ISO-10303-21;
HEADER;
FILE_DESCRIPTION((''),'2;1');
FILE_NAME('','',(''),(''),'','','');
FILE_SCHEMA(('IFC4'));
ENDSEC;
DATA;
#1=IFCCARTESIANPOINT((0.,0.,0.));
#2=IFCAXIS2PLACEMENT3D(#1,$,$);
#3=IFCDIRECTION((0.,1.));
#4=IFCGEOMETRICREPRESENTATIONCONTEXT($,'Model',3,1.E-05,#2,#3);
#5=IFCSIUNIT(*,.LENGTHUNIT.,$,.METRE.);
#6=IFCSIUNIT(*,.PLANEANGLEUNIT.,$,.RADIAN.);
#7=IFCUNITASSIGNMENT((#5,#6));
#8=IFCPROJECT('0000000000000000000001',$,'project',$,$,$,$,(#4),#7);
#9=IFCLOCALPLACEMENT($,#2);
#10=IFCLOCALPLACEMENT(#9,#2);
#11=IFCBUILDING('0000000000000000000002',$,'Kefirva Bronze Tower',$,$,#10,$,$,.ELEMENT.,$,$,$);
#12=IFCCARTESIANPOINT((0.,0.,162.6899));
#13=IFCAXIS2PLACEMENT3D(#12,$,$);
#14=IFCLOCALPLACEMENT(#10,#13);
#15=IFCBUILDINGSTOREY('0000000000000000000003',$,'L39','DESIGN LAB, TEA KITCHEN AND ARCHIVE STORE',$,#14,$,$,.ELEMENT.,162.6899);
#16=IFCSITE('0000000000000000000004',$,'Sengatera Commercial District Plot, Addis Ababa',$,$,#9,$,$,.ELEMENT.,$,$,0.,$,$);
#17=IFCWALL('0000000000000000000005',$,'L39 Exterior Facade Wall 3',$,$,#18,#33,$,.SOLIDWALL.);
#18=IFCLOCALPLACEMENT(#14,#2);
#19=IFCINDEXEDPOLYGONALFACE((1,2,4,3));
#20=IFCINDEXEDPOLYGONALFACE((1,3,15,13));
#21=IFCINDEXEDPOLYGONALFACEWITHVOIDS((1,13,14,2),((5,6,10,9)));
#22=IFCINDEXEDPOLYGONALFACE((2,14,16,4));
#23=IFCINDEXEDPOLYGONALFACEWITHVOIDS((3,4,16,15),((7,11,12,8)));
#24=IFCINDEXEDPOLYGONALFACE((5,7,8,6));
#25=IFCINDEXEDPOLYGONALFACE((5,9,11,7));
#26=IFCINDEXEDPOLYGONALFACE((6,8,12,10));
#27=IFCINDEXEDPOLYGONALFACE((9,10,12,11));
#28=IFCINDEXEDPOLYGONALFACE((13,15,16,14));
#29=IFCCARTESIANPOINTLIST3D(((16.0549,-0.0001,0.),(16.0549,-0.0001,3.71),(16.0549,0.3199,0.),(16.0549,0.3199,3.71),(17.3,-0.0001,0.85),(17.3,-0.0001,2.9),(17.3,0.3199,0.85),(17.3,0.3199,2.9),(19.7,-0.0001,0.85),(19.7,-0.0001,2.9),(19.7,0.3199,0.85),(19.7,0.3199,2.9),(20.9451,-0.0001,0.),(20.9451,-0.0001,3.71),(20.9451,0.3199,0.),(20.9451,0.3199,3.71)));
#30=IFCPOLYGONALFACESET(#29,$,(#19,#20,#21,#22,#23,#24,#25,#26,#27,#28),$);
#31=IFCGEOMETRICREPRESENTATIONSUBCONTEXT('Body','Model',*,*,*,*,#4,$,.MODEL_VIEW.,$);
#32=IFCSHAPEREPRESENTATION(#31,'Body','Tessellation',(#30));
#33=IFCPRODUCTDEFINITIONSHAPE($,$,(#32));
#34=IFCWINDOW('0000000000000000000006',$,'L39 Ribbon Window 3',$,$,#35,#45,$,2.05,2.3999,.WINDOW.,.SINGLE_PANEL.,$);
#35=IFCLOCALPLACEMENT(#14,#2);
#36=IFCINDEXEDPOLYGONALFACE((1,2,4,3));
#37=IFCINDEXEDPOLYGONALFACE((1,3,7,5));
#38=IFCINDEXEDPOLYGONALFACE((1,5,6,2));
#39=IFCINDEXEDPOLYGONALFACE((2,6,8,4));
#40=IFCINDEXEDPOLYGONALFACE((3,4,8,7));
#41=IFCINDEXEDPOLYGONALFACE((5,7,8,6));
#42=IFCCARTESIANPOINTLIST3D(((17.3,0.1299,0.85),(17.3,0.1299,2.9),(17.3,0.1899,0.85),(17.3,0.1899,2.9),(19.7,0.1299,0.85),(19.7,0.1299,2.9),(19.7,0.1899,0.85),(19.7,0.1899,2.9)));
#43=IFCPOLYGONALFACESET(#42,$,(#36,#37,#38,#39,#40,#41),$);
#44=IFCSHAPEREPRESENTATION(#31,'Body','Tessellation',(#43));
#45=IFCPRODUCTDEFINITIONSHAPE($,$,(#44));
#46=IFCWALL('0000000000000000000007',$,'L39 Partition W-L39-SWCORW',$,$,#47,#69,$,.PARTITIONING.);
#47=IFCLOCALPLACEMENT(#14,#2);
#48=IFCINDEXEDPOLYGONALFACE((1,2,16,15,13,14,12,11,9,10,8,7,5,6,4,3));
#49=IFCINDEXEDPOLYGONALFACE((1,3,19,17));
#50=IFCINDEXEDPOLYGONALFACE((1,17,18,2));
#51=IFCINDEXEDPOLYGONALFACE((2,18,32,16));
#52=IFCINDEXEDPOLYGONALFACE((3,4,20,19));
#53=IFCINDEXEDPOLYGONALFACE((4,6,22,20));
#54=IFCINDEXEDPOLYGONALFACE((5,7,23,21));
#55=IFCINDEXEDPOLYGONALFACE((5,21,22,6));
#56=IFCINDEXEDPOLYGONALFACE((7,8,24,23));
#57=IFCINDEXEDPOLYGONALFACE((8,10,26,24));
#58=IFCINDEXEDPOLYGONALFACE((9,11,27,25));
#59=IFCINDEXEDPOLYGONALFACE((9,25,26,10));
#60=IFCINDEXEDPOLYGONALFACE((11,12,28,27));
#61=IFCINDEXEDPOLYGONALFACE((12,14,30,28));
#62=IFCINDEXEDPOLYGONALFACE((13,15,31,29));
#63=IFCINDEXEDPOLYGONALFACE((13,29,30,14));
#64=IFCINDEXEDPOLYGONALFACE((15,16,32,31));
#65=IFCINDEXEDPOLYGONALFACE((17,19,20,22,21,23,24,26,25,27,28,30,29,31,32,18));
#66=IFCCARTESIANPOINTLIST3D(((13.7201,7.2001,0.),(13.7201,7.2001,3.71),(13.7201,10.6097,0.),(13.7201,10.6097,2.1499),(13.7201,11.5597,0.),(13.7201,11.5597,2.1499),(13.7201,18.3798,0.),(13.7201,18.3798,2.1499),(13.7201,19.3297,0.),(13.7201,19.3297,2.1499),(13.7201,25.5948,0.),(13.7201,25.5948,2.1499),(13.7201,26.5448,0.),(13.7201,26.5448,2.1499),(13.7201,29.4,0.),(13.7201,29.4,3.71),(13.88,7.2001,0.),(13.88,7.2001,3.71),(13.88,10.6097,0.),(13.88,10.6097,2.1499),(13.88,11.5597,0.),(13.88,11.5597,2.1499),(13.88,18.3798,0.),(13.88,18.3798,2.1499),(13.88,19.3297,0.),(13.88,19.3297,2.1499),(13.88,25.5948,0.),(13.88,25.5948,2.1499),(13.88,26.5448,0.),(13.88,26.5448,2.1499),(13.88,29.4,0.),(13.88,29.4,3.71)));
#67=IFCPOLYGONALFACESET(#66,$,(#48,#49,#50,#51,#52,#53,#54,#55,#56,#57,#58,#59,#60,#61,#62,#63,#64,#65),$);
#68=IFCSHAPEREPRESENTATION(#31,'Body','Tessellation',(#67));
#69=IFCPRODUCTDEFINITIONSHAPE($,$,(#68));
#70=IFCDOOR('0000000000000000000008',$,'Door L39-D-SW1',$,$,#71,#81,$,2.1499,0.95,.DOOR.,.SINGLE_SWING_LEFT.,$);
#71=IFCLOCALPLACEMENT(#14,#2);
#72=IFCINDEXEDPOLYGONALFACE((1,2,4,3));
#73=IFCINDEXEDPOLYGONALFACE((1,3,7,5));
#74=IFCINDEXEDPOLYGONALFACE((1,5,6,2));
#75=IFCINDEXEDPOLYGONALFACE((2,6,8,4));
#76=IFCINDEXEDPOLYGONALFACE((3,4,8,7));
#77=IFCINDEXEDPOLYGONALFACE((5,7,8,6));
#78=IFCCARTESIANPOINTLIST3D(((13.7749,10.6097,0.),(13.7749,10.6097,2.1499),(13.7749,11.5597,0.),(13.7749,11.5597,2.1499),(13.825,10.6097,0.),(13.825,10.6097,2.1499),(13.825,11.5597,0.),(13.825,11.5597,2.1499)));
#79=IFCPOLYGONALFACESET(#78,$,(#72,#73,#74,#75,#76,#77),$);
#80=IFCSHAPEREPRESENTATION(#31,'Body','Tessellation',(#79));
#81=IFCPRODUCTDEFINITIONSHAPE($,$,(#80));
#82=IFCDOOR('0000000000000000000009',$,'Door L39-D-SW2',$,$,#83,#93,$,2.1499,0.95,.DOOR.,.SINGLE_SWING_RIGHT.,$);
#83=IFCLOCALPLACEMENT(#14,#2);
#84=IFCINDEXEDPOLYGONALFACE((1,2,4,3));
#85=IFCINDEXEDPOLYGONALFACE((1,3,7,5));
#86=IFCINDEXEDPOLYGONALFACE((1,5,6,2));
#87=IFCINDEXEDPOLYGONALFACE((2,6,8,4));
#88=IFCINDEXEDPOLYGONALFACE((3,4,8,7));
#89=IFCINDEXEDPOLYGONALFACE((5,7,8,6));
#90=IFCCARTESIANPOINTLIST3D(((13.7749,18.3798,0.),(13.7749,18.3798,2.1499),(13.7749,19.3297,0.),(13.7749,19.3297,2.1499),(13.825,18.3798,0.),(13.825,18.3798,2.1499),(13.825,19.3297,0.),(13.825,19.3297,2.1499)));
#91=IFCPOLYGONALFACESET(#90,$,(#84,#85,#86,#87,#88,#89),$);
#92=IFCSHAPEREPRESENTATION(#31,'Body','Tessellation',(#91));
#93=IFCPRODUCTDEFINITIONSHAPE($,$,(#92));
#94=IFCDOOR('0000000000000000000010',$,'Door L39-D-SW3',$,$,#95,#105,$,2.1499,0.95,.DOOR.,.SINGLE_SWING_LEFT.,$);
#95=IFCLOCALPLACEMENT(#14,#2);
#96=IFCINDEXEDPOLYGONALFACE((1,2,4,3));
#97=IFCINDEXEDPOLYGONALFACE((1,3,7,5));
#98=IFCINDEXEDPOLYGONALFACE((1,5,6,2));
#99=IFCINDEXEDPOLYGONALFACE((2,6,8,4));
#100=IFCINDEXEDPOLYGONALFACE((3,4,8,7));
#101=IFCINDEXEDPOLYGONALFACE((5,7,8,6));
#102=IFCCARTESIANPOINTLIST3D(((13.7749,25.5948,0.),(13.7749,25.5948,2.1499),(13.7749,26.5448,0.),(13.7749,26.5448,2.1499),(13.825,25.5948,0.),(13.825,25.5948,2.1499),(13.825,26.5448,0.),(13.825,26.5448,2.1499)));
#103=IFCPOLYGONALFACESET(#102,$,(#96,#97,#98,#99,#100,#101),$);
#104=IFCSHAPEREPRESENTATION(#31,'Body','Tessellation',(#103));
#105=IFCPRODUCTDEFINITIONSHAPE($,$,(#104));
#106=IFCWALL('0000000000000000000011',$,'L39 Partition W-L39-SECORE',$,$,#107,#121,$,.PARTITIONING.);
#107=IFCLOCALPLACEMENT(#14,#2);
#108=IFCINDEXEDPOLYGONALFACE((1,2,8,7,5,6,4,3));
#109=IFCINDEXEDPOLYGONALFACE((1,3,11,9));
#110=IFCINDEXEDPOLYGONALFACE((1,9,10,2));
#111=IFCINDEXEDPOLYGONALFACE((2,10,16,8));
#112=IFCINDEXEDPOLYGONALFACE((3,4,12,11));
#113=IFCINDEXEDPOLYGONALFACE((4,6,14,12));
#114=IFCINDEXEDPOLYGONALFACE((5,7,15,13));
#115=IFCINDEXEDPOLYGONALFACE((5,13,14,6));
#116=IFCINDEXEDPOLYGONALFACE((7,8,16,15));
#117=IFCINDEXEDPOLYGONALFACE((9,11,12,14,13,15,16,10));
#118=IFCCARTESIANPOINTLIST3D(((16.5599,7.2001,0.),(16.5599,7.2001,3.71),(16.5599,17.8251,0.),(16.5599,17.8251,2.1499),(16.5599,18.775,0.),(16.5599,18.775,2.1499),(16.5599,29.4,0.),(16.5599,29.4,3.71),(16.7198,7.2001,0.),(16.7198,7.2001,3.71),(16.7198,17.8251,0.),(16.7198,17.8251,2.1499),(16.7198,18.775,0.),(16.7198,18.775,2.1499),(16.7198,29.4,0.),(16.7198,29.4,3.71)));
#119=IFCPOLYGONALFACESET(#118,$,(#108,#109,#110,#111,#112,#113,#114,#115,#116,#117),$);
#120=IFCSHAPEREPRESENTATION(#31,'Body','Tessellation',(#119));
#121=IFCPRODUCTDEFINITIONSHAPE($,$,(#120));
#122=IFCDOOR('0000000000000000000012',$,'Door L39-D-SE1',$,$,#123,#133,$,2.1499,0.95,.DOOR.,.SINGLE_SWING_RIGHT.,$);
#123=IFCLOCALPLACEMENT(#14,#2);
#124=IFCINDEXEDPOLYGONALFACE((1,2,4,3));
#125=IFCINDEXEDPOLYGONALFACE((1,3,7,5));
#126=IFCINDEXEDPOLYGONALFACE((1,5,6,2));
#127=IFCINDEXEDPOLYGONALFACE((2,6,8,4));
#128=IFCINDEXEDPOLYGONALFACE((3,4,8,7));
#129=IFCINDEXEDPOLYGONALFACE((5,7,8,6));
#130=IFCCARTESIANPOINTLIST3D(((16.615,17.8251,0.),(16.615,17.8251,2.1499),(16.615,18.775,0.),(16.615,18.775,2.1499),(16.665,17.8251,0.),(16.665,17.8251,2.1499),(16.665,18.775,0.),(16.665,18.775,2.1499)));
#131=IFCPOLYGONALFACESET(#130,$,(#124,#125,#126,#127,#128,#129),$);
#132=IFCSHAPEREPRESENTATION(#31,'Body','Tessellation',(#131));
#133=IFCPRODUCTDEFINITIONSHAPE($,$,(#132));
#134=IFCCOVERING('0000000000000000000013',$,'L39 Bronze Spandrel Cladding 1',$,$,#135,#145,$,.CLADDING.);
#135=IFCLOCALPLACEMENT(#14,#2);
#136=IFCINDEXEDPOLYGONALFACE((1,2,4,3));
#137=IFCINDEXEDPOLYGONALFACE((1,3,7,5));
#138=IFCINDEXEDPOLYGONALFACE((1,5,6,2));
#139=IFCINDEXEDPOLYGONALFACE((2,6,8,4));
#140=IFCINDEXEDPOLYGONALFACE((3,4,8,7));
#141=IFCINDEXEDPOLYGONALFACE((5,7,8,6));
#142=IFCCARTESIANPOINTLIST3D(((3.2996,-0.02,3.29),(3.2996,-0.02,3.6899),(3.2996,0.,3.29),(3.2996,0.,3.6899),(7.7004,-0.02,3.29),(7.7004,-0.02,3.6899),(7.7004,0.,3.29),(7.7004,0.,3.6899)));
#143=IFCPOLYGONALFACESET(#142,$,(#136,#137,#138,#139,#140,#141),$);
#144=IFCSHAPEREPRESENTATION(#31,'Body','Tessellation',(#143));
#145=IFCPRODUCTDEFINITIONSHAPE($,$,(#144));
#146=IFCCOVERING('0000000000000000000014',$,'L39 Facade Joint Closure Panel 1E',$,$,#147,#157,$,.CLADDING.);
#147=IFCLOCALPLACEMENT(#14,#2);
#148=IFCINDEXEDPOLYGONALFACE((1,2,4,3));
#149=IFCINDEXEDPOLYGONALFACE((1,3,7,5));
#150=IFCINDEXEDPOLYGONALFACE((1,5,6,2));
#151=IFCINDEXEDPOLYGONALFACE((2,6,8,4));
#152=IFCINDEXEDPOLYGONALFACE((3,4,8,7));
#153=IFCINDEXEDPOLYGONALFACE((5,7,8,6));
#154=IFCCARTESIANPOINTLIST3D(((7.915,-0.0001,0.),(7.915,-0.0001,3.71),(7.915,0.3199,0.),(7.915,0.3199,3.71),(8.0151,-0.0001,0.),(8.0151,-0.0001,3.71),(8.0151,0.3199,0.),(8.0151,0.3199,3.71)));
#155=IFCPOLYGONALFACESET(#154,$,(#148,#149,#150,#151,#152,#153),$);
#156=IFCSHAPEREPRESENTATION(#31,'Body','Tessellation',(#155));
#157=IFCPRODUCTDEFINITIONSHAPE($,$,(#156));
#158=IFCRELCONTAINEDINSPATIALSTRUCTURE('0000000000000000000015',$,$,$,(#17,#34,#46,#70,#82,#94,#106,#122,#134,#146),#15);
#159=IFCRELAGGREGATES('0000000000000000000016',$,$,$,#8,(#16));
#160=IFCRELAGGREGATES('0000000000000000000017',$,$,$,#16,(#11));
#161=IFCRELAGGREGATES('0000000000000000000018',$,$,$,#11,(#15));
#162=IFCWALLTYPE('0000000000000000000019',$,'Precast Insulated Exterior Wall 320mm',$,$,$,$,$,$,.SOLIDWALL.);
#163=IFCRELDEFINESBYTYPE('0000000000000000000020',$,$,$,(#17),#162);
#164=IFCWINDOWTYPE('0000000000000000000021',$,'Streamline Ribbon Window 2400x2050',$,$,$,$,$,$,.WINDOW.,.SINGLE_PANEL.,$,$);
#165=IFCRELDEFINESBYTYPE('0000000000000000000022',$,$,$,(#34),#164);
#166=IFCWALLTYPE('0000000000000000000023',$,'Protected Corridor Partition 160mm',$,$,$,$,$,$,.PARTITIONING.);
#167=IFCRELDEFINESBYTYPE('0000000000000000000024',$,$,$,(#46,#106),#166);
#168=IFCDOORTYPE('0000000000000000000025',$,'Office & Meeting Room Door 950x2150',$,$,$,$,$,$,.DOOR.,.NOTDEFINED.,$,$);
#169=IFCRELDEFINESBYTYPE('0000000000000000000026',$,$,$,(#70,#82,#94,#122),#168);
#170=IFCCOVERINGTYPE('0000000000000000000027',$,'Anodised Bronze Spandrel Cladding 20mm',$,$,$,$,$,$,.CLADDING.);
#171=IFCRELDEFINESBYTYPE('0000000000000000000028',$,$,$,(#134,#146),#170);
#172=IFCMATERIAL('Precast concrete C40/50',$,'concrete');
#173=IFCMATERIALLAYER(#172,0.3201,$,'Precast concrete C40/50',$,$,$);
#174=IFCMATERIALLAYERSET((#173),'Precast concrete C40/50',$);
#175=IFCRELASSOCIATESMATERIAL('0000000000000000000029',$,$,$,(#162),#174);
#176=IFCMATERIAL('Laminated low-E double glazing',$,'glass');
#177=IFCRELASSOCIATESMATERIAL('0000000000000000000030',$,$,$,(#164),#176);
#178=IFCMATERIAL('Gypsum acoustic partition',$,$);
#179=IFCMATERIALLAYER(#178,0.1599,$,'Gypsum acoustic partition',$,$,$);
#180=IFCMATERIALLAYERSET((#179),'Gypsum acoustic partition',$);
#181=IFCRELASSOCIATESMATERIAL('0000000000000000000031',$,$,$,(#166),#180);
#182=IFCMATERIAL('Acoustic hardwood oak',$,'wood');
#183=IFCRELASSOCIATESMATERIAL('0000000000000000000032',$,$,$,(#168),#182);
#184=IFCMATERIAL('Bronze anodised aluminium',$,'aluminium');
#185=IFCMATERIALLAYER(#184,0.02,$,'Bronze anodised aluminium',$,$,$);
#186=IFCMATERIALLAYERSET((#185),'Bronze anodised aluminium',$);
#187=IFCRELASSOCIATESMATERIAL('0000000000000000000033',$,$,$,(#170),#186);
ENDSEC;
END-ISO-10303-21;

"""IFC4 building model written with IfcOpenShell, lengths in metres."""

from ifc_helpers import new_model, si_unit, direction, frame, frame_2d, origin, origin_2d, place, context, subcontext, project, spatial, rectangle, extrude, material, layer, layer_set, type_object, element, fill, save


model = new_model("IFC4")

# Units and contexts
model_context = context("Model", 3, precision=1e-05, world=origin(), true_north=direction((0.0, 1.0)))
body_context = subcontext(model_context, "Body", "Model", "MODEL_VIEW")
ifc_project = project(units=[si_unit("LENGTHUNIT", "METRE"), si_unit("PLANEANGLEUNIT", "RADIAN")], contexts=[model_context])

# Site, building, storey
site_placement = place(None, origin())
site = spatial("IfcSite", under=ifc_project, at=site_placement, Name="Sengatera Commercial District Plot, Addis Ababa", CompositionType="ELEMENT", RefElevation=0.0)
building_placement = place(site_placement, origin())
building = spatial("IfcBuilding", under=site, at=building_placement, Name="Kefirva Bronze Tower", CompositionType="ELEMENT")
storey_placement = place(building_placement, frame((0.0, 0.0, 162.6899)))
storey = spatial("IfcBuildingStorey", under=building, at=storey_placement, Name="L39", Description="DESIGN LAB, TEA KITCHEN AND ARCHIVE STORE", CompositionType="ELEMENT", Elevation=162.6899)

# Shared definitions
ifc_material_1 = material(Name="Gypsum acoustic partition")

# Wall, opening, window
ifc_material_2 = material(Name="Precast concrete C40/50", Category="concrete")
ifc_layer_1 = layer(ifc_material_2, 0.3201, Name="Precast concrete C40/50")
ifc_layer_set_1 = layer_set([ifc_layer_1], Name="Precast concrete C40/50")
wall_type_1 = type_object("IfcWallType", Name="Precast Insulated Exterior Wall 320mm", PredefinedType="SOLIDWALL", material=ifc_layer_set_1)
ifc_material_3 = material(Name="Laminated low-E double glazing", Category="glass")
window_type = type_object("IfcWindowType", Name="Streamline Ribbon Window 2400x2050", PartitioningType="SINGLE_PANEL", PredefinedType="WINDOW", material=ifc_material_3)
wall_1_placement = place(storey_placement, frame((16.0549, 0.1599, 0.0), z_axis=(0.0, 0.0, 1.0), x_axis=(1.0, 0.0, 0.0)))
wall_1 = element("IfcWall", 1, at=wall_1_placement, inside=storey, type_object=wall_type_1, Name="L39 Exterior Facade Wall 3", PredefinedType="SOLIDWALL", context=body_context, shape_type="SweptSolid", body=[
    extrude(rectangle(XDim=4.8901, YDim=0.3201, at=frame_2d((2.4451, 0.0))), origin(), (0.0, 0.0, 1.0), 3.71),
])
opening_1_placement = place(wall_1_placement, frame((1.2451, 0.0, 0.8501)))
opening_1 = element("IfcOpeningElement", 2, at=opening_1_placement, cuts=wall_1, PredefinedType="OPENING", context=body_context, shape_type="SweptSolid", body=[
    extrude(rectangle(XDim=2.3999, YDim=2.05, at=frame_2d((1.2, 1.0249))), frame((0.0, 0.1699, 0.0), z_axis=(0.0, -1.0, 0.0), x_axis=(1.0, 0.0, 0.0)), (0.0, 0.0, 1.0), 0.3401),
])
window_1_placement = place(opening_1_placement, origin())
window_1 = element("IfcWindow", 3, at=window_1_placement, inside=storey, type_object=window_type, Name="L39 Ribbon Window 3", OverallHeight=2.05, OverallWidth=2.3999, PartitioningType="SINGLE_PANEL", PredefinedType="WINDOW", context=body_context, shape_type="SweptSolid", body=[
    extrude(rectangle(XDim=2.3999, YDim=2.05, at=frame_2d((1.2, 1.0249))), frame((0.0, 0.03, 0.0), z_axis=(0.0, -1.0, 0.0), x_axis=(1.0, 0.0, 0.0)), (0.0, 0.0, 1.0), 0.0601),
])
fill(opening_1, window_1)

# Wall, openings, doors
ifc_layer_2 = layer(ifc_material_1, 0.1599, Name="Gypsum acoustic partition")
ifc_layer_set_2 = layer_set([ifc_layer_2], Name="Gypsum acoustic partition")
wall_type_2 = type_object("IfcWallType", Name="Protected Corridor Partition 160mm", PredefinedType="PARTITIONING", material=ifc_layer_set_2)
wall_2_placement = place(storey_placement, frame((13.8, 7.2, 0.0), z_axis=(0.0, 0.0, 1.0), x_axis=(0.0, 1.0, 0.0)))
wall_2 = element("IfcWall", 4, at=wall_2_placement, inside=storey, type_object=wall_type_2, Name="L39 Partition W-L39-SWCORW", PredefinedType="PARTITIONING", context=body_context, shape_type="SweptSolid", body=[
    extrude(rectangle(XDim=22.2, YDim=0.1599, at=frame_2d((11.1001, 0.0))), origin(), (0.0, 0.0, 1.0), 3.71),
])
opening_2_placement = place(wall_2_placement, frame((4.3599, 0.0, 0.0), z_axis=(0.0, 0.0, 1.0), x_axis=(-1.0, 0.0, 0.0)))
opening_2 = element("IfcOpeningElement", 5, at=opening_2_placement, cuts=wall_2, PredefinedType="OPENING", context=body_context, shape_type="SweptSolid", body=[
    extrude(rectangle(XDim=0.95, YDim=2.1499, at=frame_2d((0.4751, 1.075))), frame((0.0, 0.0898, 0.0), z_axis=(0.0, -1.0, 0.0), x_axis=(1.0, 0.0, 0.0)), (0.0, 0.0, 1.0), 0.1799),
])
opening_3_placement = place(wall_2_placement, frame((12.1299, 0.0, 0.0), z_axis=(0.0, 0.0, 1.0), x_axis=(-1.0, 0.0, 0.0)))
opening_3 = element("IfcOpeningElement", 6, at=opening_3_placement, cuts=wall_2, PredefinedType="OPENING", context=body_context, shape_type="SweptSolid", body=[
    extrude(rectangle(XDim=0.95, YDim=2.1499, at=frame_2d((0.4751, 1.075))), frame((0.0, 0.0898, 0.0), z_axis=(0.0, -1.0, 0.0), x_axis=(1.0, 0.0, 0.0)), (0.0, 0.0, 1.0), 0.1799),
])
opening_4_placement = place(wall_2_placement, frame((19.345, 0.0, 0.0), z_axis=(0.0, 0.0, 1.0), x_axis=(-1.0, 0.0, 0.0)))
opening_4 = element("IfcOpeningElement", 7, at=opening_4_placement, cuts=wall_2, PredefinedType="OPENING", context=body_context, shape_type="SweptSolid", body=[
    extrude(rectangle(XDim=0.95, YDim=2.1499, at=frame_2d((0.4751, 1.075))), frame((0.0, 0.0898, 0.0), z_axis=(0.0, -1.0, 0.0), x_axis=(1.0, 0.0, 0.0)), (0.0, 0.0, 1.0), 0.1799),
])
ifc_material_4 = material(Name="Acoustic hardwood oak", Category="wood")
door_type = type_object("IfcDoorType", Name="Office & Meeting Room Door 950x2150", OperationType="NOTDEFINED", PredefinedType="DOOR", material=ifc_material_4)
door_1_placement = place(opening_2_placement, origin())
door_1 = element("IfcDoor", 8, at=door_1_placement, inside=storey, type_object=door_type, Name="Door L39-D-SW1", OperationType="SINGLE_SWING_LEFT", OverallHeight=2.1499, OverallWidth=0.95, PredefinedType="DOOR", context=body_context, shape_type="SweptSolid", body=[
    extrude(rectangle(XDim=0.95, YDim=2.1499, at=frame_2d((0.4751, 1.075))), frame((0.0, 0.0249, 0.0), z_axis=(0.0, -1.0, 0.0), x_axis=(1.0, 0.0, 0.0)), (0.0, 0.0, 1.0), 0.05),
])
fill(opening_2, door_1)
door_2_placement = place(opening_3_placement, origin())
door_2 = element("IfcDoor", 9, at=door_2_placement, inside=storey, type_object=door_type, Name="Door L39-D-SW2", OperationType="SINGLE_SWING_RIGHT", OverallHeight=2.1499, OverallWidth=0.95, PredefinedType="DOOR", context=body_context, shape_type="SweptSolid", body=[
    extrude(rectangle(XDim=0.95, YDim=2.1499, at=frame_2d((0.4751, 1.075))), frame((0.0, 0.0249, 0.0), z_axis=(0.0, -1.0, 0.0), x_axis=(1.0, 0.0, 0.0)), (0.0, 0.0, 1.0), 0.05),
])
fill(opening_3, door_2)
door_3_placement = place(opening_4_placement, origin())
door_3 = element("IfcDoor", 10, at=door_3_placement, inside=storey, type_object=door_type, Name="Door L39-D-SW3", OperationType="SINGLE_SWING_LEFT", OverallHeight=2.1499, OverallWidth=0.95, PredefinedType="DOOR", context=body_context, shape_type="SweptSolid", body=[
    extrude(rectangle(XDim=0.95, YDim=2.1499, at=frame_2d((0.4751, 1.075))), frame((0.0, 0.0249, 0.0), z_axis=(0.0, -1.0, 0.0), x_axis=(1.0, 0.0, 0.0)), (0.0, 0.0, 1.0), 0.05),
])
fill(opening_4, door_3)

# Wall, opening, door
wall_3_placement = place(storey_placement, frame((16.6399, 7.2, 0.0), z_axis=(0.0, 0.0, 1.0), x_axis=(0.0, 1.0, 0.0)))
wall_3 = element("IfcWall", 11, at=wall_3_placement, inside=storey, type_object=wall_type_2, Name="L39 Partition W-L39-SECORE", PredefinedType="PARTITIONING", context=body_context, shape_type="SweptSolid", body=[
    extrude(rectangle(XDim=22.2, YDim=0.1599, at=frame_2d((11.1001, 0.0))), origin(), (0.0, 0.0, 1.0), 3.71),
])
opening_5_placement = place(wall_3_placement, frame((10.625, 0.0, 0.0)))
opening_5 = element("IfcOpeningElement", 12, at=opening_5_placement, cuts=wall_3, PredefinedType="OPENING", context=body_context, shape_type="SweptSolid", body=[
    extrude(rectangle(XDim=0.95, YDim=2.1499, at=frame_2d((0.4751, 1.075))), frame((0.0, 0.0898, 0.0), z_axis=(0.0, -1.0, 0.0), x_axis=(1.0, 0.0, 0.0)), (0.0, 0.0, 1.0), 0.1799),
])
door_4_placement = place(opening_5_placement, origin())
door_4 = element("IfcDoor", 13, at=door_4_placement, inside=storey, type_object=door_type, Name="Door L39-D-SE1", OperationType="SINGLE_SWING_RIGHT", OverallHeight=2.1499, OverallWidth=0.95, PredefinedType="DOOR", context=body_context, shape_type="SweptSolid", body=[
    extrude(rectangle(XDim=0.95, YDim=2.1499, at=frame_2d((0.4751, 1.075))), frame((0.0, 0.0249, 0.0), z_axis=(0.0, -1.0, 0.0), x_axis=(1.0, 0.0, 0.0)), (0.0, 0.0, 1.0), 0.05),
])
fill(opening_5, door_4)

# Coverings
ifc_material_5 = material(Name="Bronze anodised aluminium", Category="aluminium")
ifc_layer_3 = layer(ifc_material_5, 0.02, Name="Bronze anodised aluminium")
ifc_layer_set_3 = layer_set([ifc_layer_3], Name="Bronze anodised aluminium")
covering_type_1 = type_object("IfcCoveringType", Name="Anodised Bronze Spandrel Cladding 20mm", PredefinedType="CLADDING", material=ifc_layer_set_3)
covering_1_placement = place(storey_placement, frame((5.5, -0.01, 3.29), z_axis=(0.0, 0.0, 1.0), x_axis=(1.0, 0.0, 0.0)))
element("IfcCovering", 14, at=covering_1_placement, inside=storey, type_object=covering_type_1, Name="L39 Bronze Spandrel Cladding 1", PredefinedType="CLADDING", context=body_context, shape_type="SweptSolid", body=[
    extrude(rectangle(XDim=4.4009, YDim=0.02, at=origin_2d()), origin(), (0.0, 0.0, 1.0), 0.3999),
])
covering_2_placement = place(storey_placement, frame((7.9651, 0.1599, 0.0), z_axis=(0.0, 0.0, 1.0), x_axis=(1.0, 0.0, 0.0)))
element("IfcCovering", 15, at=covering_2_placement, inside=storey, type_object=covering_type_1, Name="L39 Facade Joint Closure Panel 1E", PredefinedType="CLADDING", context=body_context, shape_type="SweptSolid", body=[
    extrude(rectangle(XDim=0.1001, YDim=0.3201, at=origin_2d()), origin(), (0.0, 0.0, 1.0), 3.71),
])

save(model, "model.ifc")
